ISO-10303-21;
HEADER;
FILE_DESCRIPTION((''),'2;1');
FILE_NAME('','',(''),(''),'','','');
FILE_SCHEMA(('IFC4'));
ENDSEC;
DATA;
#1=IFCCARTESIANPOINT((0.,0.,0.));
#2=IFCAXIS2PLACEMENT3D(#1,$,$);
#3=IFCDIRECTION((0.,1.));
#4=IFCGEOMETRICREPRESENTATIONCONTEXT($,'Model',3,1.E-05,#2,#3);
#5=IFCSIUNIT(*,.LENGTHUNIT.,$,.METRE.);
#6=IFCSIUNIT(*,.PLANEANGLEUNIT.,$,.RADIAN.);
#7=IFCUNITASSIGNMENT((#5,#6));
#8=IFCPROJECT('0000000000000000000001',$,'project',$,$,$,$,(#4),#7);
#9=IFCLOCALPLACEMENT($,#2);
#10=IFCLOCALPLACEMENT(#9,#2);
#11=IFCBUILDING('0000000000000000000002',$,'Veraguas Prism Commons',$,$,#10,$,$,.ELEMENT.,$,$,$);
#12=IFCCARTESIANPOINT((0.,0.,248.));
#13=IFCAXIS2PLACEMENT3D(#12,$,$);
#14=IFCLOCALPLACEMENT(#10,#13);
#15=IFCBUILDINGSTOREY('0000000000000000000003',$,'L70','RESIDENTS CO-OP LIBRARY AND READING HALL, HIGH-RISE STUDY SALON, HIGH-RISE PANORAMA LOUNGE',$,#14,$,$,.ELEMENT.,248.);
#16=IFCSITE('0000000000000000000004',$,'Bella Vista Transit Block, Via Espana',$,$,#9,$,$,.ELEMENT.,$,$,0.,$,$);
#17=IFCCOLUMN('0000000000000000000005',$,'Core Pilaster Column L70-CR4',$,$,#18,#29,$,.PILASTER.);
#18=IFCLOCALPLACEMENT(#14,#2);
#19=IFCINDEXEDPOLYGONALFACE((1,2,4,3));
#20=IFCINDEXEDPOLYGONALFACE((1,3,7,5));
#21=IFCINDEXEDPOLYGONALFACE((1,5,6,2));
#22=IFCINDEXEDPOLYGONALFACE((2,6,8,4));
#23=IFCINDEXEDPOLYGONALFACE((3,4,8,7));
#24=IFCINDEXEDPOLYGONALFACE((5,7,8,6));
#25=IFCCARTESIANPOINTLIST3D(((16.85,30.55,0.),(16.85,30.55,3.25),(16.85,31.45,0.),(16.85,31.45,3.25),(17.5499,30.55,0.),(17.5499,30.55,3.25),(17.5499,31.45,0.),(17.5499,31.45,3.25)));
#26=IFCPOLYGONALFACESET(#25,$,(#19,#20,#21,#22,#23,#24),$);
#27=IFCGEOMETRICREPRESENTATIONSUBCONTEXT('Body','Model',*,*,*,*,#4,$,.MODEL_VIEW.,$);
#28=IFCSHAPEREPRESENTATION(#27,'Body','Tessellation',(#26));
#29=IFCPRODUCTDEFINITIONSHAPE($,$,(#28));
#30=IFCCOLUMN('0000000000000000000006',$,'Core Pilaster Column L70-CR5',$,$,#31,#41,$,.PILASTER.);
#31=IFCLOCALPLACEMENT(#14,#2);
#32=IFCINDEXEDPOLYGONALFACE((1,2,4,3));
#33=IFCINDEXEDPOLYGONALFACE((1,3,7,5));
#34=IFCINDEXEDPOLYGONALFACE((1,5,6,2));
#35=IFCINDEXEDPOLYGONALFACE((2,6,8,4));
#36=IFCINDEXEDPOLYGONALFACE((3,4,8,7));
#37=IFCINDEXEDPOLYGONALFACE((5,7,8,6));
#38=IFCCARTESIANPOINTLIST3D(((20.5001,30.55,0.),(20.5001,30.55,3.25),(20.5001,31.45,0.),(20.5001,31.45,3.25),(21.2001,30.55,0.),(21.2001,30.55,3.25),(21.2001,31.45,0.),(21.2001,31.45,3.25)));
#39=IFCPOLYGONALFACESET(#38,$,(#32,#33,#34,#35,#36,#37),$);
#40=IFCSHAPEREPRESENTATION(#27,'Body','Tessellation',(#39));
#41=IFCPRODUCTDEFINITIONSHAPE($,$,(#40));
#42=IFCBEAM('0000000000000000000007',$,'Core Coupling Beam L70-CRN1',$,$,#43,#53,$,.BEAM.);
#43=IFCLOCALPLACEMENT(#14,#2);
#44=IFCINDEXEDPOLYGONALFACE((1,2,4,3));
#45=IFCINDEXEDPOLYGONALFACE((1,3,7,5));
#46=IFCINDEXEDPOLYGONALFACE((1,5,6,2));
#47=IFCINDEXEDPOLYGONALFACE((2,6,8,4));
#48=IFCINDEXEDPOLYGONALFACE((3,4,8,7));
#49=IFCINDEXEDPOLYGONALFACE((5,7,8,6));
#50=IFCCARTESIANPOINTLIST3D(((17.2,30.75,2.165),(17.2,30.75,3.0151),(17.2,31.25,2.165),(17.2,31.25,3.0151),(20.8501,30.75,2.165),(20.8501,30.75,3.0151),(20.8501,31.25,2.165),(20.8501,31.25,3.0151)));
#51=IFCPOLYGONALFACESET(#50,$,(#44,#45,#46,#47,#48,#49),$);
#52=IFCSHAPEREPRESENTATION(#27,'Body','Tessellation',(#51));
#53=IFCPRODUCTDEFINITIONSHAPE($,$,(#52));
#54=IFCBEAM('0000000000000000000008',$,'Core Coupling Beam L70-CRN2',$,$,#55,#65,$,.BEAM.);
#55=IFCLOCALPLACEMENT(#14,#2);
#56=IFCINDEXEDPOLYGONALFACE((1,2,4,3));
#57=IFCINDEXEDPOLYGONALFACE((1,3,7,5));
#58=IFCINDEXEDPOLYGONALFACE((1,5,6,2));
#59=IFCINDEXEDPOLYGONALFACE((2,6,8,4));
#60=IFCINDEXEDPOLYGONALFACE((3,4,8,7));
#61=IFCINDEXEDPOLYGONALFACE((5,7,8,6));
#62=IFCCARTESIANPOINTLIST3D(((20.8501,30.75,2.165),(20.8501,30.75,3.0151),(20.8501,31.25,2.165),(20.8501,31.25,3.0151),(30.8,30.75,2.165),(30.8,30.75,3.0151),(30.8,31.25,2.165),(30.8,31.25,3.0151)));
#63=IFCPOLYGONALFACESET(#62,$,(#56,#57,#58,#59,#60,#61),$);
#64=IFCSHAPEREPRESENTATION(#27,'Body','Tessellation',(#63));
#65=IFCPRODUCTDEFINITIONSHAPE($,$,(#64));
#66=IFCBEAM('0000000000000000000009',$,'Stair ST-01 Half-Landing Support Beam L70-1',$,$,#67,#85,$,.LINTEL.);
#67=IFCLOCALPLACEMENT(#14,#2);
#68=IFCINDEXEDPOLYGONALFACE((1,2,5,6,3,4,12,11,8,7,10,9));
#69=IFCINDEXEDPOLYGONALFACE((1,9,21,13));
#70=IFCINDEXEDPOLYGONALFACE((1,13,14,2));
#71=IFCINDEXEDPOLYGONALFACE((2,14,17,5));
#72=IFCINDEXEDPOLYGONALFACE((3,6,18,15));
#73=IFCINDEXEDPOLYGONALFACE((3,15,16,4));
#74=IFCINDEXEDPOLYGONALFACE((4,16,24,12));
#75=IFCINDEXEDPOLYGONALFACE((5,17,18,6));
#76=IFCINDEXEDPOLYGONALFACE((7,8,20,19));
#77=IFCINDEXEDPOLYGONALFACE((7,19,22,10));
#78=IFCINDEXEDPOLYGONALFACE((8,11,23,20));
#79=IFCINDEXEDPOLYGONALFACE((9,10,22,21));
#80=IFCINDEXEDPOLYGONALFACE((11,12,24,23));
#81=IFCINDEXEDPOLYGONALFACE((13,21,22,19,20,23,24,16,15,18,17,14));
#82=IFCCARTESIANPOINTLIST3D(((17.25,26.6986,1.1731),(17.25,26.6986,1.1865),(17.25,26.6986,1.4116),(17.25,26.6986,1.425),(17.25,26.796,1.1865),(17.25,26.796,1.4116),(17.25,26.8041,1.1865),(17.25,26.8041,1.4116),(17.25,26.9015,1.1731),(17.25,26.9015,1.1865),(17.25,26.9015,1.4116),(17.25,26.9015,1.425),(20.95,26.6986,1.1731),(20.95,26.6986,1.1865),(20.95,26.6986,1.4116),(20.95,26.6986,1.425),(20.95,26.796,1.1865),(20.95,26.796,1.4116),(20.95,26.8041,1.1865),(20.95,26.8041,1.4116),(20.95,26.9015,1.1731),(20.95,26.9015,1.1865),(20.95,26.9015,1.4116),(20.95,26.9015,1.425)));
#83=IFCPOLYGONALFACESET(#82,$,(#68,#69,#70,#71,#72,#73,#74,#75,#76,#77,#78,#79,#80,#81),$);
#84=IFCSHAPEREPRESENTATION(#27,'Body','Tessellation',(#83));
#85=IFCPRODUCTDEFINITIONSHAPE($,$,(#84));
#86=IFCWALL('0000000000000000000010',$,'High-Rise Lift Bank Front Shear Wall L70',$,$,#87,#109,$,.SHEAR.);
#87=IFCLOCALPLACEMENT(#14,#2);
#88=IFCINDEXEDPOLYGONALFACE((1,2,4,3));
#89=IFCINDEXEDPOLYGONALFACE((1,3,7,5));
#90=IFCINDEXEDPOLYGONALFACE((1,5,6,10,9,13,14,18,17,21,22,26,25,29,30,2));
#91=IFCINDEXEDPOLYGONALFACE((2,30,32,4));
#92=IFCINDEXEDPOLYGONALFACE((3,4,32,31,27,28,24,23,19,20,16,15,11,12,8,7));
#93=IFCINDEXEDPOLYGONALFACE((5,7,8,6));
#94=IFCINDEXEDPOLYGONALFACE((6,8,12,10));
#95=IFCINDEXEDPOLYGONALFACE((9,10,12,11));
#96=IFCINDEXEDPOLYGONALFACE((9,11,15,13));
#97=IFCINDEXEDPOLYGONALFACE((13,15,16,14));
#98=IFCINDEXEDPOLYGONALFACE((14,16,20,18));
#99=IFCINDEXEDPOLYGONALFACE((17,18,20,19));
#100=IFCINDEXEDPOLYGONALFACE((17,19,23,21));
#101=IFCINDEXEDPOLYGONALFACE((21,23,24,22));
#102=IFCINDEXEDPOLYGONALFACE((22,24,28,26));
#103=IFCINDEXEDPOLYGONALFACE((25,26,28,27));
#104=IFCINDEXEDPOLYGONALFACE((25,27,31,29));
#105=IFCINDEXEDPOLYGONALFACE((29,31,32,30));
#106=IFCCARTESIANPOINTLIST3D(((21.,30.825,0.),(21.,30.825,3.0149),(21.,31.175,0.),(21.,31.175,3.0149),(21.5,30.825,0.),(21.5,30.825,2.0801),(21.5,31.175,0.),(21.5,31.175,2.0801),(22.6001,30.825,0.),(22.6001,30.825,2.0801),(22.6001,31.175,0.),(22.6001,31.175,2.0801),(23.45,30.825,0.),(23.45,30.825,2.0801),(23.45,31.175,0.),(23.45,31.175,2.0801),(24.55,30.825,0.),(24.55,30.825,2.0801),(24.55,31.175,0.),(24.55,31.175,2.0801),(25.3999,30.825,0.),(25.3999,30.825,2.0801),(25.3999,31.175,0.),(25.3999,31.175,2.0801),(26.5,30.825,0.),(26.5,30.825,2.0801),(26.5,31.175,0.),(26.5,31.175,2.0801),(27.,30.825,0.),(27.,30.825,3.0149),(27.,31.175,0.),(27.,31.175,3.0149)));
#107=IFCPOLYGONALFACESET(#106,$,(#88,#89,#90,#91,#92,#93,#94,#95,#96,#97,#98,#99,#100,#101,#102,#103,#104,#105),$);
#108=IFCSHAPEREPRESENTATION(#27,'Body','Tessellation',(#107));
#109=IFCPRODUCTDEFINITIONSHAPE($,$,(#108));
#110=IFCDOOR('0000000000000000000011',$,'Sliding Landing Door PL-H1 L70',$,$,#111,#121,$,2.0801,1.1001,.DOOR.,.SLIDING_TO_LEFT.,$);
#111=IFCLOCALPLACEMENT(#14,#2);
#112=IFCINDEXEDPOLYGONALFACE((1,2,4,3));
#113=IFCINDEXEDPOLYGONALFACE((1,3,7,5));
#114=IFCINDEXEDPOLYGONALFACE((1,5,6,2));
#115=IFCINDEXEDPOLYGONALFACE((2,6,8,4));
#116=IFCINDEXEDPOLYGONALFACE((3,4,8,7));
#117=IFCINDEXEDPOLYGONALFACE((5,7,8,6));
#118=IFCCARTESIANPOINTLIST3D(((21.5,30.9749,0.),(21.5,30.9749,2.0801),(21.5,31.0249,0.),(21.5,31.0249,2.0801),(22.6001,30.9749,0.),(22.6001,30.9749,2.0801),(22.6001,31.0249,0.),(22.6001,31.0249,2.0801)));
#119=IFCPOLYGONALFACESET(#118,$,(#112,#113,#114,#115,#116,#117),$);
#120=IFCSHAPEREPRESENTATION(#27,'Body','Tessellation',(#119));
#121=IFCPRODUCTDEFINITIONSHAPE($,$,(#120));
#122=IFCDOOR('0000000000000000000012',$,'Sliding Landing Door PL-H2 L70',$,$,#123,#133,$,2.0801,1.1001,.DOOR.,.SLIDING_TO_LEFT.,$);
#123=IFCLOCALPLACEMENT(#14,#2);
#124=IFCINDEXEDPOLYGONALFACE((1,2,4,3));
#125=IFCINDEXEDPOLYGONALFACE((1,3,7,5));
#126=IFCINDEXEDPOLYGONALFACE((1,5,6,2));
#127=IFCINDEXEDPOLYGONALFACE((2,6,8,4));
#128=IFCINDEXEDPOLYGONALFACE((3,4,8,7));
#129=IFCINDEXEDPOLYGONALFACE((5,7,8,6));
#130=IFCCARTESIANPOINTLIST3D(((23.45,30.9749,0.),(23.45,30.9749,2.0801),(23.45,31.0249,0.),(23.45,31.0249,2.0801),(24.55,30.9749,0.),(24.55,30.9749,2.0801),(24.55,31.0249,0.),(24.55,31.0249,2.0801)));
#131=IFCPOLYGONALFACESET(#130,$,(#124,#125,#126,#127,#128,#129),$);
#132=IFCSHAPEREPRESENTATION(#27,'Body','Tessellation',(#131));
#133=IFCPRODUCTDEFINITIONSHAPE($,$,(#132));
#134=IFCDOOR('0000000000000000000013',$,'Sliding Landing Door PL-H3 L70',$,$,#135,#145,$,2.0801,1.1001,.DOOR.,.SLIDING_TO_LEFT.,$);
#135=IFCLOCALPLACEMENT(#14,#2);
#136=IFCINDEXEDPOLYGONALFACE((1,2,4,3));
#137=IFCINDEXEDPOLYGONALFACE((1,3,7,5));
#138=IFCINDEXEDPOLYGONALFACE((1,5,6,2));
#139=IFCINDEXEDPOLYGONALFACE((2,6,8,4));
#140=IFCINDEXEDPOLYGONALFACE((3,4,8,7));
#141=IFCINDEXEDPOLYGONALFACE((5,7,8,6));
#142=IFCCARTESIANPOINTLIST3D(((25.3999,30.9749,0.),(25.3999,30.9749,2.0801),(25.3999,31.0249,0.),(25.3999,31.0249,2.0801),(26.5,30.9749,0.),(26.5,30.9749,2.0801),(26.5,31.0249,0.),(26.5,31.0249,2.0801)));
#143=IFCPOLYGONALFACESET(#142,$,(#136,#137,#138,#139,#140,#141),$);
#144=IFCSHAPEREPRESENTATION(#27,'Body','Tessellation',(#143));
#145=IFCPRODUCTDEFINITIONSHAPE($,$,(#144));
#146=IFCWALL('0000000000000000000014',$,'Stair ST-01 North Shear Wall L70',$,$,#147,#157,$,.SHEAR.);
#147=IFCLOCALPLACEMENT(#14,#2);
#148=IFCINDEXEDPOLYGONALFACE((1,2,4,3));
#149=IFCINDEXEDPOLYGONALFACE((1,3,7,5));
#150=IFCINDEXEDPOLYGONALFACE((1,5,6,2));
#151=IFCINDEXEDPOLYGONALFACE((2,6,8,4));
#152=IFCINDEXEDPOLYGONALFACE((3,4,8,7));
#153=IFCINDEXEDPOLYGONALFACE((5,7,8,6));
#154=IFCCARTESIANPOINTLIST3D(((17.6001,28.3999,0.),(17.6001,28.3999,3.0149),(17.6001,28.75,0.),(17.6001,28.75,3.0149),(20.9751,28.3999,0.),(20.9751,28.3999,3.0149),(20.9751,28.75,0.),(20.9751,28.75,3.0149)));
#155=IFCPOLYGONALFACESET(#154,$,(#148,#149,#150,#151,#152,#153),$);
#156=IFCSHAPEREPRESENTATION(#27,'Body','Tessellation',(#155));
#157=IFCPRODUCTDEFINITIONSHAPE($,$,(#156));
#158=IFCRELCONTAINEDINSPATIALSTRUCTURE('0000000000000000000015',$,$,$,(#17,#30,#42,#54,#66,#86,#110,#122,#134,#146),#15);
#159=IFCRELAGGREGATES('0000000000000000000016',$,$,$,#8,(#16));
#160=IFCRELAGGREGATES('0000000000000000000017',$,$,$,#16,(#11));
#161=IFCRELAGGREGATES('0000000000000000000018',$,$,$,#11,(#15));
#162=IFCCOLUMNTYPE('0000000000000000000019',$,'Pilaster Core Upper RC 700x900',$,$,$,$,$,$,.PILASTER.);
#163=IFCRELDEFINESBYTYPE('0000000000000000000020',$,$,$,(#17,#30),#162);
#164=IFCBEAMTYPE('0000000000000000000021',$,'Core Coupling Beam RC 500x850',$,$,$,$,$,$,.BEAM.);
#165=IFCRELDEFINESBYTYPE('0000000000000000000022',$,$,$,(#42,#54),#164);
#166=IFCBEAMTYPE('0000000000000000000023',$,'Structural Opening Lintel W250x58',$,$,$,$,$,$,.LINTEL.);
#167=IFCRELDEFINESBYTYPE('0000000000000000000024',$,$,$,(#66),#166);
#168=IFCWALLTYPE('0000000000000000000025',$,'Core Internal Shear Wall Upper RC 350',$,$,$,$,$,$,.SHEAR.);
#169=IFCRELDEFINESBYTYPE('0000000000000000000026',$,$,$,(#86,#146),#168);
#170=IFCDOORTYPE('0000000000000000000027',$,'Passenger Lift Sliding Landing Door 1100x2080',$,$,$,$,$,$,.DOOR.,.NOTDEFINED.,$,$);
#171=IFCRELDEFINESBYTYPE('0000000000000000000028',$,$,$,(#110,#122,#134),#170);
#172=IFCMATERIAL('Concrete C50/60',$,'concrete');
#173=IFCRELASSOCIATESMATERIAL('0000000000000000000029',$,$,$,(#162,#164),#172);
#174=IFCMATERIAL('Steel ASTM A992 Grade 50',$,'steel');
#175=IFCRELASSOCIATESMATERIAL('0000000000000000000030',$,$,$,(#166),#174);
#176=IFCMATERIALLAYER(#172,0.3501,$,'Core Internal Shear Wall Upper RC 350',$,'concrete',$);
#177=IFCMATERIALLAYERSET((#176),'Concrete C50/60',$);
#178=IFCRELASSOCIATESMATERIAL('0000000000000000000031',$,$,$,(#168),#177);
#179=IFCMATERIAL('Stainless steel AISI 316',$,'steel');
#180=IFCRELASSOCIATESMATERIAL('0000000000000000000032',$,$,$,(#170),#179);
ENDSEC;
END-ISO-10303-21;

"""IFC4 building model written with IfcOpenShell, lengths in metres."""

from ifc_helpers import new_model, si_unit, direction, frame, frame_2d, origin, origin_2d, place, context, subcontext, project, spatial, rectangle, i_section, extrude, source, transform, mapped, material, layer, layer_set, material_profile, profile_set, type_object, element, fill, save


model = new_model("IFC4")

# Units and contexts
model_context = context("Model", 3, precision=1e-05, world=origin(), true_north=direction((0.0, 1.0)))
body_context = subcontext(model_context, "Body", "Model", "MODEL_VIEW")
ifc_project = project(units=[si_unit("LENGTHUNIT", "METRE"), si_unit("PLANEANGLEUNIT", "RADIAN")], contexts=[model_context])

# Site, building, storey
site_placement = place(None, origin())
site = spatial("IfcSite", under=ifc_project, at=site_placement, Name="Bella Vista Transit Block, Via Espana", CompositionType="ELEMENT", RefElevation=0.0)
building_placement = place(site_placement, origin())
building = spatial("IfcBuilding", under=site, at=building_placement, Name="Veraguas Prism Commons", CompositionType="ELEMENT")
storey_placement = place(building_placement, frame((0.0, 0.0, 248.0)))
storey = spatial("IfcBuildingStorey", under=building, at=storey_placement, Name="L70", Description="RESIDENTS CO-OP LIBRARY AND READING HALL, HIGH-RISE STUDY SALON, HIGH-RISE PANORAMA LOUNGE", CompositionType="ELEMENT", Elevation=248.0)

# Columns
ifc_material_1 = material(Name="Concrete C50/60", Category="concrete")
ifc_material_profile_1 = material_profile(ifc_material_1, rectangle(XDim=0.7, YDim=0.8999, at=origin_2d()), Name="RC700X900")
ifc_profile_set_1 = profile_set([ifc_material_profile_1], Name="Concrete C50/60")
column_type = type_object("IfcColumnType", Name="Pilaster Core Upper RC 700x900", PredefinedType="PILASTER", material=ifc_profile_set_1)
for number, where, z_axis, x_axis, name in (
    (1, (17.2, 31.0, 0.0), (0.0, 0.0, 1.0), (1.0, 0.0, 0.0), "Core Pilaster Column L70-CR4"),
    (2, (20.8501, 31.0, 0.0), (0.0, 0.0, 1.0), (1.0, 0.0, 0.0), "Core Pilaster Column L70-CR5"),
):
    element("IfcColumn", number, at=place(storey_placement, frame(where, z_axis=z_axis, x_axis=x_axis)), inside=storey, type_object=column_type, Name=name, PredefinedType="PILASTER", context=body_context, shape_type="SweptSolid", body=[
        extrude(rectangle(XDim=0.7, YDim=0.8999, at=origin_2d()), origin(), (0.0, 0.0, 1.0), 3.25),
    ])

# Beams
ifc_material_profile_2 = material_profile(ifc_material_1, rectangle(XDim=0.5, YDim=0.8501, at=origin_2d()), Name="RC500X850")
ifc_profile_set_2 = profile_set([ifc_material_profile_2], Name="Concrete C50/60")
beam_type_1 = type_object("IfcBeamType", Name="Core Coupling Beam RC 500x850", PredefinedType="BEAM", material=ifc_profile_set_2)
beam_1_placement = place(storey_placement, frame((17.2, 31.0, 2.5901), z_axis=(1.0, 0.0, 0.0), x_axis=(0.0, 1.0, 0.0)))
element("IfcBeam", 3, at=beam_1_placement, inside=storey, type_object=beam_type_1, Name="Core Coupling Beam L70-CRN1", PredefinedType="BEAM", context=body_context, shape_type="SweptSolid", body=[
    extrude(rectangle(XDim=0.5, YDim=0.8501, at=origin_2d()), origin(), (0.0, 0.0, 1.0), 3.6501),
])
beam_2_placement = place(storey_placement, frame((20.8501, 31.0, 2.5901), z_axis=(1.0, 0.0, 0.0), x_axis=(0.0, 1.0, 0.0)))
element("IfcBeam", 4, at=beam_2_placement, inside=storey, type_object=beam_type_1, Name="Core Coupling Beam L70-CRN2", PredefinedType="BEAM", context=body_context, shape_type="SweptSolid", body=[
    extrude(rectangle(XDim=0.5, YDim=0.8501, at=origin_2d()), origin(), (0.0, 0.0, 1.0), 9.95),
])
ifc_material_2 = material(Name="Steel ASTM A992 Grade 50", Category="steel")
ifc_material_profile_3 = material_profile(ifc_material_2, i_section(OverallWidth=0.2029, OverallDepth=0.252, WebThickness=0.0081, FlangeThickness=0.0134, at=origin_2d()), Name="W250X58")
ifc_profile_set_3 = profile_set([ifc_material_profile_3], Name="Steel ASTM A992 Grade 50")
beam_type_2 = type_object("IfcBeamType", Name="Structural Opening Lintel W250x58", PredefinedType="LINTEL", material=ifc_profile_set_3)
beam_3_placement = place(storey_placement, frame((17.25, 26.8, 1.2991), z_axis=(1.0, 0.0, 0.0), x_axis=(0.0, 1.0, 0.0)))
element("IfcBeam", 5, at=beam_3_placement, inside=storey, type_object=beam_type_2, Name="Stair ST-01 Half-Landing Support Beam L70-1", PredefinedType="LINTEL", context=body_context, shape_type="SweptSolid", body=[
    extrude(i_section(OverallWidth=0.2029, OverallDepth=0.252, WebThickness=0.0081, FlangeThickness=0.0134, at=origin_2d()), origin(), (0.0, 0.0, 1.0), 3.7),
])

# Wall, openings, doors
ifc_layer_1 = layer(ifc_material_1, 0.3501, Name="Core Internal Shear Wall Upper RC 350", Category="concrete")
ifc_layer_set_1 = layer_set([ifc_layer_1], Name="Concrete C50/60")
wall_type_1 = type_object("IfcWallType", Name="Core Internal Shear Wall Upper RC 350", PredefinedType="SHEAR", material=ifc_layer_set_1)
wall_1_placement = place(storey_placement, frame((21.0, 31.0, 0.0), z_axis=(0.0, 0.0, 1.0), x_axis=(1.0, 0.0, 0.0)))
wall_1 = element("IfcWall", 6, at=wall_1_placement, inside=storey, type_object=wall_type_1, Name="High-Rise Lift Bank Front Shear Wall L70", PredefinedType="SHEAR", context=body_context, shape_type="SweptSolid", body=[
    extrude(rectangle(XDim=6.0, YDim=0.3501, at=frame_2d((3.0, 0.0))), origin(), (0.0, 0.0, 1.0), 3.0149),
])
opening_1_placement = place(wall_1_placement, frame((0.5, 0.0, 0.0)))
opening_1 = element("IfcOpeningElement", 7, at=opening_1_placement, cuts=wall_1, PredefinedType="OPENING", context=body_context, shape_type="SweptSolid", body=[
    extrude(rectangle(XDim=1.1001, YDim=2.0801, at=frame_2d((0.55, 1.04))), frame((0.0, 0.1851, 0.0), z_axis=(0.0, -1.0, 0.0), x_axis=(1.0, 0.0, 0.0)), (0.0, 0.0, 1.0), 0.3701),
])
opening_2_placement = place(wall_1_placement, frame((2.45, 0.0, 0.0)))
opening_2 = element("IfcOpeningElement", 8, at=opening_2_placement, cuts=wall_1, PredefinedType="OPENING", context=body_context, shape_type="SweptSolid", body=[
    extrude(rectangle(XDim=1.1001, YDim=2.0801, at=frame_2d((0.55, 1.04))), frame((0.0, 0.1851, 0.0), z_axis=(0.0, -1.0, 0.0), x_axis=(1.0, 0.0, 0.0)), (0.0, 0.0, 1.0), 0.3701),
])
opening_3_placement = place(wall_1_placement, frame((4.3999, 0.0, 0.0)))
opening_3 = element("IfcOpeningElement", 9, at=opening_3_placement, cuts=wall_1, PredefinedType="OPENING", context=body_context, shape_type="SweptSolid", body=[
    extrude(rectangle(XDim=1.1001, YDim=2.0801, at=frame_2d((0.55, 1.04))), frame((0.0, 0.1851, 0.0), z_axis=(0.0, -1.0, 0.0), x_axis=(1.0, 0.0, 0.0)), (0.0, 0.0, 1.0), 0.3701),
])
ifc_material_3 = material(Name="Stainless steel AISI 316", Category="steel")
door_type_1 = type_object("IfcDoorType", Name="Passenger Lift Sliding Landing Door 1100x2080", OperationType="NOTDEFINED", PredefinedType="DOOR", material=ifc_material_3)
shared_shape_1 = source(origin(), body_context, "Body", "SweptSolid", [
    extrude(rectangle(XDim=1.1001, YDim=2.0801, at=frame_2d((0.55, 1.04))), frame((0.0, 0.0249, 0.0), z_axis=(0.0, -1.0, 0.0), x_axis=(1.0, 0.0, 0.0)), (0.0, 0.0, 1.0), 0.05),
])
door_1_placement = place(opening_1_placement, origin())
door_1 = element("IfcDoor", 10, at=door_1_placement, inside=storey, type_object=door_type_1, Name="Sliding Landing Door PL-H1 L70", OperationType="SLIDING_TO_LEFT", OverallHeight=2.0801, OverallWidth=1.1001, PredefinedType="DOOR", context=body_context, shape_type="MappedRepresentation", body=[
    mapped(shared_shape_1, transform((0.0, 0.0, 0.0), scale=1.0)),
])
fill(opening_1, door_1)
door_2_placement = place(opening_2_placement, origin())
door_2 = element("IfcDoor", 11, at=door_2_placement, inside=storey, type_object=door_type_1, Name="Sliding Landing Door PL-H2 L70", OperationType="SLIDING_TO_LEFT", OverallHeight=2.0801, OverallWidth=1.1001, PredefinedType="DOOR", context=body_context, shape_type="MappedRepresentation", body=[
    mapped(shared_shape_1, transform((0.0, 0.0, 0.0), scale=1.0)),
])
fill(opening_2, door_2)
door_3_placement = place(opening_3_placement, origin())
door_3 = element("IfcDoor", 12, at=door_3_placement, inside=storey, type_object=door_type_1, Name="Sliding Landing Door PL-H3 L70", OperationType="SLIDING_TO_LEFT", OverallHeight=2.0801, OverallWidth=1.1001, PredefinedType="DOOR", context=body_context, shape_type="MappedRepresentation", body=[
    mapped(shared_shape_1, transform((0.0, 0.0, 0.0), scale=1.0)),
])
fill(opening_3, door_3)

# Wall
wall_2_placement = place(storey_placement, frame((17.6001, 28.575, 0.0), z_axis=(0.0, 0.0, 1.0), x_axis=(1.0, 0.0, 0.0)))
element("IfcWall", 13, at=wall_2_placement, inside=storey, type_object=wall_type_1, Name="Stair ST-01 North Shear Wall L70", PredefinedType="SHEAR", context=body_context, shape_type="SweptSolid", body=[
    extrude(rectangle(XDim=3.375, YDim=0.3501, at=frame_2d((1.6875, 0.0))), origin(), (0.0, 0.0, 1.0), 3.0149),
])

save(model, "model.ifc")
